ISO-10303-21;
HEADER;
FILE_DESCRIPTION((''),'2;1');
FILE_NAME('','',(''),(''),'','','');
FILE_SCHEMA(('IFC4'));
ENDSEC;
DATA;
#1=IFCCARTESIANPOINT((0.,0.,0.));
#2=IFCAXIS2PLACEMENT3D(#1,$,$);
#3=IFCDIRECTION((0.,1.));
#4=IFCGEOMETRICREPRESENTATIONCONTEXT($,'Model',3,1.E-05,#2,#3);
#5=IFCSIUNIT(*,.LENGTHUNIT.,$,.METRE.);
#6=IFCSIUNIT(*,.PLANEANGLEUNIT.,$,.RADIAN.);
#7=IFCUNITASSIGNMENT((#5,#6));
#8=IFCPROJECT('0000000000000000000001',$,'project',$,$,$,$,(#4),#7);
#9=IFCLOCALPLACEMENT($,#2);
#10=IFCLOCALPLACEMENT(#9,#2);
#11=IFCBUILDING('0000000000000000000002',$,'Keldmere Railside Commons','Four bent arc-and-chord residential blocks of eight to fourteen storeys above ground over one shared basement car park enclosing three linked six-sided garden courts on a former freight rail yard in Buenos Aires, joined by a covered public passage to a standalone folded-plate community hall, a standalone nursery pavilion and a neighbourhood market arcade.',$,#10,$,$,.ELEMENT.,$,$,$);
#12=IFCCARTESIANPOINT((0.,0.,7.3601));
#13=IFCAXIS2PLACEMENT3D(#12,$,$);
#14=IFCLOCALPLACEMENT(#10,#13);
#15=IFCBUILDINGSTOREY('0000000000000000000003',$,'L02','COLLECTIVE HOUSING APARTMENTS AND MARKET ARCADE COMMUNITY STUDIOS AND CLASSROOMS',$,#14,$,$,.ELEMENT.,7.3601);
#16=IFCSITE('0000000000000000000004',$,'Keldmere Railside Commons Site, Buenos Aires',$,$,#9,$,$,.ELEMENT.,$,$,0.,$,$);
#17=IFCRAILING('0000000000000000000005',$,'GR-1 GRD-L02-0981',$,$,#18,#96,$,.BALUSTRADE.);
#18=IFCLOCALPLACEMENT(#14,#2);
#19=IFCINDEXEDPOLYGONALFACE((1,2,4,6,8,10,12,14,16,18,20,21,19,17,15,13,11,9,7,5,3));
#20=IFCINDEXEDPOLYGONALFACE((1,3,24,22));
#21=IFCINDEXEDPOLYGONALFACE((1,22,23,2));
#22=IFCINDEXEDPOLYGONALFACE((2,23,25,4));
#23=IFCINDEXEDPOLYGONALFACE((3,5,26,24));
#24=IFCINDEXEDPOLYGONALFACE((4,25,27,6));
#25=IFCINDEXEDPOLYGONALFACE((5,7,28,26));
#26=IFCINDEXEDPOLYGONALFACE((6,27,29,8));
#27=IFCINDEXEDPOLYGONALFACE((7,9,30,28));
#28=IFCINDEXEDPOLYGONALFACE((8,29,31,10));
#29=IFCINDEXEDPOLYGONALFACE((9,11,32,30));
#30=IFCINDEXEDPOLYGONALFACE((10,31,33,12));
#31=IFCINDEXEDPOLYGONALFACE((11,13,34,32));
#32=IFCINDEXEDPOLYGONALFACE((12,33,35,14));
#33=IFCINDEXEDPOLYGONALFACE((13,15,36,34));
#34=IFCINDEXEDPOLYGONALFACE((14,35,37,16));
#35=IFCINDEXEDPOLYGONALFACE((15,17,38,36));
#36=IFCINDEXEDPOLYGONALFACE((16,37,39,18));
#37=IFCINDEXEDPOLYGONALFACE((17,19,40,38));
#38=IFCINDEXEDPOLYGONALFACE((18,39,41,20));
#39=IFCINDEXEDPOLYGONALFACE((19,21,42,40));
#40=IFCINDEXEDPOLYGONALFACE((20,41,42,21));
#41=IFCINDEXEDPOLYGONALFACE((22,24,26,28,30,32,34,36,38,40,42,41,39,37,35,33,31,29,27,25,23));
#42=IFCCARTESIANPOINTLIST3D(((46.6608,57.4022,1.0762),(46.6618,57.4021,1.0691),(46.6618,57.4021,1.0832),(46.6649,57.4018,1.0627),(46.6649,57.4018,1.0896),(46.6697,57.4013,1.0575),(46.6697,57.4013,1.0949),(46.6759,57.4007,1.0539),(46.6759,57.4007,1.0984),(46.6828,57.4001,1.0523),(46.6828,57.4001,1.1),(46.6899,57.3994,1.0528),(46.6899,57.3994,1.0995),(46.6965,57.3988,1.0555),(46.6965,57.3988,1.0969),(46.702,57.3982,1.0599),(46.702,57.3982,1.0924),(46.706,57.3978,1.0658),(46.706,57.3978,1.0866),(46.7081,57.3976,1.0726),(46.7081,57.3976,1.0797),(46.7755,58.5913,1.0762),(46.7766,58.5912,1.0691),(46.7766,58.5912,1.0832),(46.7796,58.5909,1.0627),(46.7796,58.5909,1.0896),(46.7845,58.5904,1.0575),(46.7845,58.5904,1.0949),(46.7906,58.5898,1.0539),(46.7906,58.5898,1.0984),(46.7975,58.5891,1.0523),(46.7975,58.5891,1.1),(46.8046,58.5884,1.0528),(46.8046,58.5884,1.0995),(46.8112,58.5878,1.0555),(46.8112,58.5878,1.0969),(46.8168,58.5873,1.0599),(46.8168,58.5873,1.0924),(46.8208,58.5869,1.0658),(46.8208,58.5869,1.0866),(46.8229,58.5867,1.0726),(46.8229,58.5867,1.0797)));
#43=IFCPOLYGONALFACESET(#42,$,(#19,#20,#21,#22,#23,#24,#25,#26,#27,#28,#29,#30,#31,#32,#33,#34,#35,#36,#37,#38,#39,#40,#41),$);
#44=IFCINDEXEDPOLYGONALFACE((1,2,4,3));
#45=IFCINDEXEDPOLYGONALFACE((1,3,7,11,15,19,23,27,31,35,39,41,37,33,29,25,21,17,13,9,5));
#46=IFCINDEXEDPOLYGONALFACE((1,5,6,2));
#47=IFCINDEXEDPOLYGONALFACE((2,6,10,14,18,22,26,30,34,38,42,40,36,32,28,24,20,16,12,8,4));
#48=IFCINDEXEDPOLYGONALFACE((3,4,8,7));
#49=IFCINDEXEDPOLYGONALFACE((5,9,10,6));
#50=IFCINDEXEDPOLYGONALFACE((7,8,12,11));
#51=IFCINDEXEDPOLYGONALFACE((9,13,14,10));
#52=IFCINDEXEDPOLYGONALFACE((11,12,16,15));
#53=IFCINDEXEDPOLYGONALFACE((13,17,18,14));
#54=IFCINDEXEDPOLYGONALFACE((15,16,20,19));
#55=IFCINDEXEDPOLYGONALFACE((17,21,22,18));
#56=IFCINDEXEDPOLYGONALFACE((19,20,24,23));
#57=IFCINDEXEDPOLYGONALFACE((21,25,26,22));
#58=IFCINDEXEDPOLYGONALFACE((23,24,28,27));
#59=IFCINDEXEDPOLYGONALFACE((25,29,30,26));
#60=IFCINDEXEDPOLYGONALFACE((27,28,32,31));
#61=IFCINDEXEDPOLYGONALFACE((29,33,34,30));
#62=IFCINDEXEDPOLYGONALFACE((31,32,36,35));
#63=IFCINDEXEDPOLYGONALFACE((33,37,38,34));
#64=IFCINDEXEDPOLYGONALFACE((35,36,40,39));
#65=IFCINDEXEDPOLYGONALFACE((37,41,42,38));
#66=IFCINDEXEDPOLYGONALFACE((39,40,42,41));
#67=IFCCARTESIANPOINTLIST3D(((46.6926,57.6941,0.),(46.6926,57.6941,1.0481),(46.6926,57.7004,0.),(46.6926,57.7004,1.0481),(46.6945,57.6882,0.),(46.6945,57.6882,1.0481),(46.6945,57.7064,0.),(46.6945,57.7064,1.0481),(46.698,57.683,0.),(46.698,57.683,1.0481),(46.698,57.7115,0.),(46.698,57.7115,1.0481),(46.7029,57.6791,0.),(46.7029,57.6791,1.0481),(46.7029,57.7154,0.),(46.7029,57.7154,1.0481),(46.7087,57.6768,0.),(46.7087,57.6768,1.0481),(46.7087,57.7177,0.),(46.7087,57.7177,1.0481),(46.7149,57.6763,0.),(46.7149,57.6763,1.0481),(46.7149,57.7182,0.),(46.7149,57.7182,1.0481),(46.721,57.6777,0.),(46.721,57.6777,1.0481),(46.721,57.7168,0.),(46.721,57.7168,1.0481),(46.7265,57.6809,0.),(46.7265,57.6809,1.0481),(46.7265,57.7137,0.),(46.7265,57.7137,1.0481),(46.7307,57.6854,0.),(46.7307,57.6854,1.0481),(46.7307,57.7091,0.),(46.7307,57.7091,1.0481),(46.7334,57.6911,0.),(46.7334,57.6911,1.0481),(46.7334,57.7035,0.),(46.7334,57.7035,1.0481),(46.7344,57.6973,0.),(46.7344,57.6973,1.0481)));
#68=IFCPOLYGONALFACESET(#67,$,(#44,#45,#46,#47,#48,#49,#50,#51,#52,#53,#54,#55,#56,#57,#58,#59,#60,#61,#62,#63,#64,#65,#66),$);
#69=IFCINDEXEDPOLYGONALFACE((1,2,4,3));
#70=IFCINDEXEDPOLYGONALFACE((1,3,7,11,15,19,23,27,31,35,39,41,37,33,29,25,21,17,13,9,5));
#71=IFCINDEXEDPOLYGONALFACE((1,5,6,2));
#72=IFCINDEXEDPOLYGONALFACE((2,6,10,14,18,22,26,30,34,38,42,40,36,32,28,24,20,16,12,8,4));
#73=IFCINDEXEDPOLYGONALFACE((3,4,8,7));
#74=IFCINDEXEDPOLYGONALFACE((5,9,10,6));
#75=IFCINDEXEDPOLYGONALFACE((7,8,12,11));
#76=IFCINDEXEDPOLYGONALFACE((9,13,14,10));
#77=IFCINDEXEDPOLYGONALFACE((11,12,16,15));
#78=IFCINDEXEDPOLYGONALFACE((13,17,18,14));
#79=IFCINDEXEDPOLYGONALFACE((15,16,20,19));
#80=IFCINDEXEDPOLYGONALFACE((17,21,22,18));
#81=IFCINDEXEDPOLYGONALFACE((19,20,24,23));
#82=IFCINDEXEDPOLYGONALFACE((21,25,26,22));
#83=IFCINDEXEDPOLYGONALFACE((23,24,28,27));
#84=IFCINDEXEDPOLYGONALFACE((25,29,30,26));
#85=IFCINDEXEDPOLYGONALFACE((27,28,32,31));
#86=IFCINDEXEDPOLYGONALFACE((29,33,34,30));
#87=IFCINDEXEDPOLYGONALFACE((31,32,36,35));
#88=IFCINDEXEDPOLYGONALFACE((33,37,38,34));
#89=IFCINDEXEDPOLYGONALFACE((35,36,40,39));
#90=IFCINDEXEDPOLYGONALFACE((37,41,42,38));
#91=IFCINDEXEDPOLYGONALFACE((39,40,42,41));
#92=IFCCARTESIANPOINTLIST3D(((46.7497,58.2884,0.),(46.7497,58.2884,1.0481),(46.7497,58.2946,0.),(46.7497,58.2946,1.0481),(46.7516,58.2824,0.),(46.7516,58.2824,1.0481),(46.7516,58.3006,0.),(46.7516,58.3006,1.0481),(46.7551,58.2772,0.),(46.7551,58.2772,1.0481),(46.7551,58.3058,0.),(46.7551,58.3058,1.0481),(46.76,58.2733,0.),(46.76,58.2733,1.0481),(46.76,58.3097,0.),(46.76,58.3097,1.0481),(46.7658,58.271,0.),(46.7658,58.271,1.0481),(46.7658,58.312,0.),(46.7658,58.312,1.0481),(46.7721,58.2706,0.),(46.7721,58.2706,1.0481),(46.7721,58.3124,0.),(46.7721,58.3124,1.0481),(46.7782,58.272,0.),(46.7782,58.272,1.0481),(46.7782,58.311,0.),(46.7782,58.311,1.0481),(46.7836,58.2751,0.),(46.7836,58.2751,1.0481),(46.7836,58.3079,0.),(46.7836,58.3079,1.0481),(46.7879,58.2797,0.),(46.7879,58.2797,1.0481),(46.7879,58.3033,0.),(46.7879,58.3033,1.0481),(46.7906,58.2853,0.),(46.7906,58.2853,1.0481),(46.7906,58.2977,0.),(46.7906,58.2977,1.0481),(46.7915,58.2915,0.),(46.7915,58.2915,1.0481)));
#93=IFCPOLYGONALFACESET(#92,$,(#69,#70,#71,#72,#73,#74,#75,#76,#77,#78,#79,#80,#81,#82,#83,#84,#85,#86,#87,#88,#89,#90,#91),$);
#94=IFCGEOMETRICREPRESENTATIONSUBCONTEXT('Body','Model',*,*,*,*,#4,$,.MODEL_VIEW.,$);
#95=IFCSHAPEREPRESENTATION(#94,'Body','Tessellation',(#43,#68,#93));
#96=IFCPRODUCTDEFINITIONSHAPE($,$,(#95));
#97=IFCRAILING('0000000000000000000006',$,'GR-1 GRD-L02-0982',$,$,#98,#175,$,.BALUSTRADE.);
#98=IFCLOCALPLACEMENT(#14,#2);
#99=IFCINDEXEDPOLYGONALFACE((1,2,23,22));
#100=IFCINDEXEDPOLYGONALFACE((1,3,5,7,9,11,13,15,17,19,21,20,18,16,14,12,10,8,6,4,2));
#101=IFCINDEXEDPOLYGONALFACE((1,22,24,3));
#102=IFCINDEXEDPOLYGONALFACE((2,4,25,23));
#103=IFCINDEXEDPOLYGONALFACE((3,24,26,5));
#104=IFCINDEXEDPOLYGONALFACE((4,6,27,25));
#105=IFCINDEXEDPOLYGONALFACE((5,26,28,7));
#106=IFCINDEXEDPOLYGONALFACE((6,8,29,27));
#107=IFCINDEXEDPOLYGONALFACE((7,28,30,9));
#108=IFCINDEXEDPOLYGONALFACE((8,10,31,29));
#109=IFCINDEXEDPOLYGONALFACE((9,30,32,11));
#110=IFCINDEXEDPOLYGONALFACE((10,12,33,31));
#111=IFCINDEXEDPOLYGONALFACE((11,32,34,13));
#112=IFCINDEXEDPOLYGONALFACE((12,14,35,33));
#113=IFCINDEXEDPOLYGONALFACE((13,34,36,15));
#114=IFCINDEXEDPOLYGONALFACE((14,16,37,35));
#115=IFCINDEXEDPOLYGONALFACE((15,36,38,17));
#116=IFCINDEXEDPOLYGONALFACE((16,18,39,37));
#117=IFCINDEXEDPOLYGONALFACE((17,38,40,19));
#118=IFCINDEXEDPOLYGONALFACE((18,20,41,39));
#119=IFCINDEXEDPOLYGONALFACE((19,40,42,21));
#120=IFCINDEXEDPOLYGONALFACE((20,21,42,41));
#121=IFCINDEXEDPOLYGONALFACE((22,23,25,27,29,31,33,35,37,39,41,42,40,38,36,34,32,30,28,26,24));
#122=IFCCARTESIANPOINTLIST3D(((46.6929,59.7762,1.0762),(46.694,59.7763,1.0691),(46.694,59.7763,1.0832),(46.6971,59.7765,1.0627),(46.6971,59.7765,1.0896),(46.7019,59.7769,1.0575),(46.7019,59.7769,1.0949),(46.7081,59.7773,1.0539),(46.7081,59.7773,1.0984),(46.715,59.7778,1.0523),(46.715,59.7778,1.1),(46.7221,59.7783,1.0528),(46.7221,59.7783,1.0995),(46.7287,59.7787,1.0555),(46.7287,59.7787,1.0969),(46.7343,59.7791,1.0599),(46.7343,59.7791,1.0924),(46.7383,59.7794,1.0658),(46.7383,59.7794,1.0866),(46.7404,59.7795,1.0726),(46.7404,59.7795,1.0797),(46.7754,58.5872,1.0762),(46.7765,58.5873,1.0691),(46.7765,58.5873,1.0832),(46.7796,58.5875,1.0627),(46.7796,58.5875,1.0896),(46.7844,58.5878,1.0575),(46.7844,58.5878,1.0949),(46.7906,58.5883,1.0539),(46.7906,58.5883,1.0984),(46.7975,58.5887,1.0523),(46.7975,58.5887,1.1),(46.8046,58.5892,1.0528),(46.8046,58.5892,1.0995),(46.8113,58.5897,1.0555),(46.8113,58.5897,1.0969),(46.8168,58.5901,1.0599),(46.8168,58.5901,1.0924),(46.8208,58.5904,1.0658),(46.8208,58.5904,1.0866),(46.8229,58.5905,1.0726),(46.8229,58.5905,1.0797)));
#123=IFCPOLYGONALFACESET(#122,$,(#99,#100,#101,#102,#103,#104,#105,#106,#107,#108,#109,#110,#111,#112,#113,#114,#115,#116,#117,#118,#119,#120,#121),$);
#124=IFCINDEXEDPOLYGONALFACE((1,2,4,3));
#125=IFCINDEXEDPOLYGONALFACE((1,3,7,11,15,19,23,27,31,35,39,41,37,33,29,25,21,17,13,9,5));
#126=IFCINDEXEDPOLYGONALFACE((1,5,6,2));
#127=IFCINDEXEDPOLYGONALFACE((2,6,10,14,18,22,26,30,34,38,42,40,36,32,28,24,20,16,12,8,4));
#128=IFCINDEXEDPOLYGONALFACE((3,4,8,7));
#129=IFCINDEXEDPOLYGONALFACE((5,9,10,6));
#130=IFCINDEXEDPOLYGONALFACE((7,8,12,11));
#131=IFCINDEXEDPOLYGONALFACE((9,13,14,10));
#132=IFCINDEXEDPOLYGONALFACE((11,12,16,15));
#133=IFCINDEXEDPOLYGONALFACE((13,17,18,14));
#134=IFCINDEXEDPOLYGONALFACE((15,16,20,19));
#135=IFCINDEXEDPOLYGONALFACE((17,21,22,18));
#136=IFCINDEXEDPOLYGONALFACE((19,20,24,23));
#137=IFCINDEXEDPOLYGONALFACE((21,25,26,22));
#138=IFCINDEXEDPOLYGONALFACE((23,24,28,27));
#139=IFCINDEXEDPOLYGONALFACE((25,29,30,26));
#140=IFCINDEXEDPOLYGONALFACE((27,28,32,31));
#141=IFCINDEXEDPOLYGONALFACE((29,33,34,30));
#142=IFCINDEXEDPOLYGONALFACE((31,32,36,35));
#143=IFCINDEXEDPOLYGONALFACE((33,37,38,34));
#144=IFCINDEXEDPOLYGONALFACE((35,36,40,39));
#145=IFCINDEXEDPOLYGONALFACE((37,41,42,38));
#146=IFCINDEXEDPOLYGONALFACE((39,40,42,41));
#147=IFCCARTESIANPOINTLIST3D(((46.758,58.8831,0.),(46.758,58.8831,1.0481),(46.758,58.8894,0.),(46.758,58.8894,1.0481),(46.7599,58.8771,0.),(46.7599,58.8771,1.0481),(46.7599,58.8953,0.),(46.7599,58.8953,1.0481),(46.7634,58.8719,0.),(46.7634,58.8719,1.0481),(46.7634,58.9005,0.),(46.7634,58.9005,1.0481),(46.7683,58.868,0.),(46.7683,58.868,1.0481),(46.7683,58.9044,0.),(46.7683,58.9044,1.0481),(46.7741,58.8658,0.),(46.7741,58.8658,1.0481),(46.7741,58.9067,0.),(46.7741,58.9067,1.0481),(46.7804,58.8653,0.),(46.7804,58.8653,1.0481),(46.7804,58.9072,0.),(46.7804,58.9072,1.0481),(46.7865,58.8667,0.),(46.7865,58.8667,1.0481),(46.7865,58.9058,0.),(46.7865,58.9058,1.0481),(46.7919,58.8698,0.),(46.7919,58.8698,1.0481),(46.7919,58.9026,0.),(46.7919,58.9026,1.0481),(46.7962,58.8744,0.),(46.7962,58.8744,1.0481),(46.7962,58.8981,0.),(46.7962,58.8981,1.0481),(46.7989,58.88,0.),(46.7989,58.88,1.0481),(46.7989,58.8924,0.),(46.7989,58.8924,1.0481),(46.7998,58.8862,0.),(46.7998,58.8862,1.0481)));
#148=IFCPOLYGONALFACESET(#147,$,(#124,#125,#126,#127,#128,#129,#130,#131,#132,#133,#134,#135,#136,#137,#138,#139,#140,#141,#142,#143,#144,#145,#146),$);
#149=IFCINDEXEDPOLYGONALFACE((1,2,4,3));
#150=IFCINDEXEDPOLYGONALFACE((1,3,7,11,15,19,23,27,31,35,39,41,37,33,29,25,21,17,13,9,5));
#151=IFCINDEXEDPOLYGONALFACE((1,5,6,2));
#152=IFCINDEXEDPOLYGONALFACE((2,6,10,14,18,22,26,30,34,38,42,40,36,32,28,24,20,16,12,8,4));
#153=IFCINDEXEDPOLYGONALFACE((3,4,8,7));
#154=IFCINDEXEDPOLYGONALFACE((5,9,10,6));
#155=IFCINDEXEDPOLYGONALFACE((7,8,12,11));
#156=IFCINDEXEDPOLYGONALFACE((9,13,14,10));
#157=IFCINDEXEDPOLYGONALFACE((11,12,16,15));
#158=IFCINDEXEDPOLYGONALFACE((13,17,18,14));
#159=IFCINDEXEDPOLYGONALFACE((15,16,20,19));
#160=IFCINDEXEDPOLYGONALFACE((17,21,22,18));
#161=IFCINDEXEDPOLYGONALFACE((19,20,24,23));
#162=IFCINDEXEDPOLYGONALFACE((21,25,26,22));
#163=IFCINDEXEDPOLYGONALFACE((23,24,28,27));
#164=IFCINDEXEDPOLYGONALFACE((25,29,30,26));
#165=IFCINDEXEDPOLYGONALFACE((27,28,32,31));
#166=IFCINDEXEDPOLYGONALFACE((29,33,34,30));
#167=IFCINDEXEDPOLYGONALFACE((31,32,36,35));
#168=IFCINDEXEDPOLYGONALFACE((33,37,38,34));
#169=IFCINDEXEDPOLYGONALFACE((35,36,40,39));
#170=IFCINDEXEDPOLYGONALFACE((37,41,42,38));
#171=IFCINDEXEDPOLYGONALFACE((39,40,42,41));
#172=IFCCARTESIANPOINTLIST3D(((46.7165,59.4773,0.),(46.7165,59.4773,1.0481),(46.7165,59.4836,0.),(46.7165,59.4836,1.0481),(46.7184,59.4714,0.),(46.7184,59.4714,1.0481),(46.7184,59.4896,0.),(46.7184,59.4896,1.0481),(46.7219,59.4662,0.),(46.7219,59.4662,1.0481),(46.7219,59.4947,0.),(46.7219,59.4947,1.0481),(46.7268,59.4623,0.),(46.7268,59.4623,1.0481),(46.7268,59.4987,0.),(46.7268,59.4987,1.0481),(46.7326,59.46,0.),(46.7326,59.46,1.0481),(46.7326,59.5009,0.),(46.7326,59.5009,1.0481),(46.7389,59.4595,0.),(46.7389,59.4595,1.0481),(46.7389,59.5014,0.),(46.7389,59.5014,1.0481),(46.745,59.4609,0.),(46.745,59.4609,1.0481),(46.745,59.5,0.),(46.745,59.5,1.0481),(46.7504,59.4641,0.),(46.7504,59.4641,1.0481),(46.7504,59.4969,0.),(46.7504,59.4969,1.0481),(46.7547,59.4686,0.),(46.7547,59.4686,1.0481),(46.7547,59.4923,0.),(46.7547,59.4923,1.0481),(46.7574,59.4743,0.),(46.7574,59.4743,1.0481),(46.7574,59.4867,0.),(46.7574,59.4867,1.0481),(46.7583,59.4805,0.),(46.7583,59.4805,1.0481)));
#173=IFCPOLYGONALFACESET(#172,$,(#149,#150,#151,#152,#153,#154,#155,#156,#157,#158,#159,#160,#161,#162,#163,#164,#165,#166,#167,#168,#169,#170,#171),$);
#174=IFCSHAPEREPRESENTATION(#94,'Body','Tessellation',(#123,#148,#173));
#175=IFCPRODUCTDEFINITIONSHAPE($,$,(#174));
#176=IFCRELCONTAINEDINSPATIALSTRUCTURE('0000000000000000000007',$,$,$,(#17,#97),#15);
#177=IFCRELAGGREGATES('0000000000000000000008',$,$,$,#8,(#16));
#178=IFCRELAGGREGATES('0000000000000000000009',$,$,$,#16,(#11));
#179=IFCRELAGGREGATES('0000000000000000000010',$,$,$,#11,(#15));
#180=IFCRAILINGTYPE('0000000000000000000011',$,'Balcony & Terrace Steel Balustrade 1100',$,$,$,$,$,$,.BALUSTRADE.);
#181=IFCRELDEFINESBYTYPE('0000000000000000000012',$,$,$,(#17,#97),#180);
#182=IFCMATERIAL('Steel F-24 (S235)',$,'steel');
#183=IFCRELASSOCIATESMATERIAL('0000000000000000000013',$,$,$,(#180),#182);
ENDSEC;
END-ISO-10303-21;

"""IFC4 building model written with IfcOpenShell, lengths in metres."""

from ifc_helpers import new_model, si_unit, direction, frame, origin, origin_2d, place, context, subcontext, project, spatial, circle, extrude, material, type_object, element, save


model = new_model("IFC4")

# Units and contexts
model_context = context("Model", 3, precision=1e-05, world=origin(), true_north=direction((0.0, 1.0)))
body_context = subcontext(model_context, "Body", "Model", "MODEL_VIEW")
ifc_project = project(units=[si_unit("LENGTHUNIT", "METRE"), si_unit("PLANEANGLEUNIT", "RADIAN")], contexts=[model_context])

# Site, building, storey
site_placement = place(None, origin())
site = spatial("IfcSite", under=ifc_project, at=site_placement, Name="Keldmere Railside Commons Site, Buenos Aires", CompositionType="ELEMENT", RefElevation=0.0)
building_placement = place(site_placement, origin())
building = spatial("IfcBuilding", under=site, at=building_placement, Name="Keldmere Railside Commons", Description="Four bent arc-and-chord residential blocks of eight to fourteen storeys above ground over one shared basement car park enclosing three linked six-sided garden courts on a former freight rail yard in Buenos Aires, joined by a covered public passage to a standalone folded-plate community hall, a standalone nursery pavilion and a neighbourhood market arcade.", CompositionType="ELEMENT")
storey_placement = place(building_placement, frame((0.0, 0.0, 7.3601)))
storey = spatial("IfcBuildingStorey", under=building, at=storey_placement, Name="L02", Description="COLLECTIVE HOUSING APARTMENTS AND MARKET ARCADE COMMUNITY STUDIOS AND CLASSROOMS", CompositionType="ELEMENT", Elevation=7.3601)

# Railings
ifc_material_1 = material(Name="Steel F-24 (S235)", Category="steel")
railing_type = type_object("IfcRailingType", Name="Balcony & Terrace Steel Balustrade 1100", PredefinedType="BALUSTRADE", material=ifc_material_1)
railing_1_placement = place(storey_placement, frame((46.6846, 57.3999, 0.0)))
element("IfcRailing", 1, at=railing_1_placement, inside=storey, type_object=railing_type, Name="GR-1 GRD-L02-0981", PredefinedType="BALUSTRADE", context=body_context, shape_type="SweptSolid", body=[
    extrude(circle(Radius=0.0239, at=origin_2d()), frame((0.0, 0.0, 1.0762), z_axis=(0.096063, 0.995375, 0.0), x_axis=(-0.995375, 0.096063, 0.0)), (0.0, 0.0, 1.0), 1.1946),
    extrude(circle(Radius=0.021, at=origin_2d()), frame((0.0288, 0.2974, 0.0)), (0.0, 0.0, 1.0), 1.0481),
    extrude(circle(Radius=0.021, at=origin_2d()), frame((0.0859, 0.8916, 0.0)), (0.0, 0.0, 1.0), 1.0481),
])
railing_2_placement = place(storey_placement, frame((46.7993, 58.5889, 0.0)))
element("IfcRailing", 2, at=railing_2_placement, inside=storey, type_object=railing_type, Name="GR-1 GRD-L02-0982", PredefinedType="BALUSTRADE", context=body_context, shape_type="SweptSolid", body=[
    extrude(circle(Radius=0.0239, at=origin_2d()), frame((0.0, 0.0, 1.0762), z_axis=(-0.069238, 0.9976, 0.0), x_axis=(-0.9976, -0.069238, 0.0)), (0.0, 0.0, 1.0), 1.1919),
    extrude(circle(Radius=0.021, at=origin_2d()), frame((-0.0205, 0.2974, 0.0)), (0.0, 0.0, 1.0), 1.0481),
    extrude(circle(Radius=0.021, at=origin_2d()), frame((-0.062, 0.8916, 0.0)), (0.0, 0.0, 1.0), 1.0481),
])

save(model, "model.ifc")
